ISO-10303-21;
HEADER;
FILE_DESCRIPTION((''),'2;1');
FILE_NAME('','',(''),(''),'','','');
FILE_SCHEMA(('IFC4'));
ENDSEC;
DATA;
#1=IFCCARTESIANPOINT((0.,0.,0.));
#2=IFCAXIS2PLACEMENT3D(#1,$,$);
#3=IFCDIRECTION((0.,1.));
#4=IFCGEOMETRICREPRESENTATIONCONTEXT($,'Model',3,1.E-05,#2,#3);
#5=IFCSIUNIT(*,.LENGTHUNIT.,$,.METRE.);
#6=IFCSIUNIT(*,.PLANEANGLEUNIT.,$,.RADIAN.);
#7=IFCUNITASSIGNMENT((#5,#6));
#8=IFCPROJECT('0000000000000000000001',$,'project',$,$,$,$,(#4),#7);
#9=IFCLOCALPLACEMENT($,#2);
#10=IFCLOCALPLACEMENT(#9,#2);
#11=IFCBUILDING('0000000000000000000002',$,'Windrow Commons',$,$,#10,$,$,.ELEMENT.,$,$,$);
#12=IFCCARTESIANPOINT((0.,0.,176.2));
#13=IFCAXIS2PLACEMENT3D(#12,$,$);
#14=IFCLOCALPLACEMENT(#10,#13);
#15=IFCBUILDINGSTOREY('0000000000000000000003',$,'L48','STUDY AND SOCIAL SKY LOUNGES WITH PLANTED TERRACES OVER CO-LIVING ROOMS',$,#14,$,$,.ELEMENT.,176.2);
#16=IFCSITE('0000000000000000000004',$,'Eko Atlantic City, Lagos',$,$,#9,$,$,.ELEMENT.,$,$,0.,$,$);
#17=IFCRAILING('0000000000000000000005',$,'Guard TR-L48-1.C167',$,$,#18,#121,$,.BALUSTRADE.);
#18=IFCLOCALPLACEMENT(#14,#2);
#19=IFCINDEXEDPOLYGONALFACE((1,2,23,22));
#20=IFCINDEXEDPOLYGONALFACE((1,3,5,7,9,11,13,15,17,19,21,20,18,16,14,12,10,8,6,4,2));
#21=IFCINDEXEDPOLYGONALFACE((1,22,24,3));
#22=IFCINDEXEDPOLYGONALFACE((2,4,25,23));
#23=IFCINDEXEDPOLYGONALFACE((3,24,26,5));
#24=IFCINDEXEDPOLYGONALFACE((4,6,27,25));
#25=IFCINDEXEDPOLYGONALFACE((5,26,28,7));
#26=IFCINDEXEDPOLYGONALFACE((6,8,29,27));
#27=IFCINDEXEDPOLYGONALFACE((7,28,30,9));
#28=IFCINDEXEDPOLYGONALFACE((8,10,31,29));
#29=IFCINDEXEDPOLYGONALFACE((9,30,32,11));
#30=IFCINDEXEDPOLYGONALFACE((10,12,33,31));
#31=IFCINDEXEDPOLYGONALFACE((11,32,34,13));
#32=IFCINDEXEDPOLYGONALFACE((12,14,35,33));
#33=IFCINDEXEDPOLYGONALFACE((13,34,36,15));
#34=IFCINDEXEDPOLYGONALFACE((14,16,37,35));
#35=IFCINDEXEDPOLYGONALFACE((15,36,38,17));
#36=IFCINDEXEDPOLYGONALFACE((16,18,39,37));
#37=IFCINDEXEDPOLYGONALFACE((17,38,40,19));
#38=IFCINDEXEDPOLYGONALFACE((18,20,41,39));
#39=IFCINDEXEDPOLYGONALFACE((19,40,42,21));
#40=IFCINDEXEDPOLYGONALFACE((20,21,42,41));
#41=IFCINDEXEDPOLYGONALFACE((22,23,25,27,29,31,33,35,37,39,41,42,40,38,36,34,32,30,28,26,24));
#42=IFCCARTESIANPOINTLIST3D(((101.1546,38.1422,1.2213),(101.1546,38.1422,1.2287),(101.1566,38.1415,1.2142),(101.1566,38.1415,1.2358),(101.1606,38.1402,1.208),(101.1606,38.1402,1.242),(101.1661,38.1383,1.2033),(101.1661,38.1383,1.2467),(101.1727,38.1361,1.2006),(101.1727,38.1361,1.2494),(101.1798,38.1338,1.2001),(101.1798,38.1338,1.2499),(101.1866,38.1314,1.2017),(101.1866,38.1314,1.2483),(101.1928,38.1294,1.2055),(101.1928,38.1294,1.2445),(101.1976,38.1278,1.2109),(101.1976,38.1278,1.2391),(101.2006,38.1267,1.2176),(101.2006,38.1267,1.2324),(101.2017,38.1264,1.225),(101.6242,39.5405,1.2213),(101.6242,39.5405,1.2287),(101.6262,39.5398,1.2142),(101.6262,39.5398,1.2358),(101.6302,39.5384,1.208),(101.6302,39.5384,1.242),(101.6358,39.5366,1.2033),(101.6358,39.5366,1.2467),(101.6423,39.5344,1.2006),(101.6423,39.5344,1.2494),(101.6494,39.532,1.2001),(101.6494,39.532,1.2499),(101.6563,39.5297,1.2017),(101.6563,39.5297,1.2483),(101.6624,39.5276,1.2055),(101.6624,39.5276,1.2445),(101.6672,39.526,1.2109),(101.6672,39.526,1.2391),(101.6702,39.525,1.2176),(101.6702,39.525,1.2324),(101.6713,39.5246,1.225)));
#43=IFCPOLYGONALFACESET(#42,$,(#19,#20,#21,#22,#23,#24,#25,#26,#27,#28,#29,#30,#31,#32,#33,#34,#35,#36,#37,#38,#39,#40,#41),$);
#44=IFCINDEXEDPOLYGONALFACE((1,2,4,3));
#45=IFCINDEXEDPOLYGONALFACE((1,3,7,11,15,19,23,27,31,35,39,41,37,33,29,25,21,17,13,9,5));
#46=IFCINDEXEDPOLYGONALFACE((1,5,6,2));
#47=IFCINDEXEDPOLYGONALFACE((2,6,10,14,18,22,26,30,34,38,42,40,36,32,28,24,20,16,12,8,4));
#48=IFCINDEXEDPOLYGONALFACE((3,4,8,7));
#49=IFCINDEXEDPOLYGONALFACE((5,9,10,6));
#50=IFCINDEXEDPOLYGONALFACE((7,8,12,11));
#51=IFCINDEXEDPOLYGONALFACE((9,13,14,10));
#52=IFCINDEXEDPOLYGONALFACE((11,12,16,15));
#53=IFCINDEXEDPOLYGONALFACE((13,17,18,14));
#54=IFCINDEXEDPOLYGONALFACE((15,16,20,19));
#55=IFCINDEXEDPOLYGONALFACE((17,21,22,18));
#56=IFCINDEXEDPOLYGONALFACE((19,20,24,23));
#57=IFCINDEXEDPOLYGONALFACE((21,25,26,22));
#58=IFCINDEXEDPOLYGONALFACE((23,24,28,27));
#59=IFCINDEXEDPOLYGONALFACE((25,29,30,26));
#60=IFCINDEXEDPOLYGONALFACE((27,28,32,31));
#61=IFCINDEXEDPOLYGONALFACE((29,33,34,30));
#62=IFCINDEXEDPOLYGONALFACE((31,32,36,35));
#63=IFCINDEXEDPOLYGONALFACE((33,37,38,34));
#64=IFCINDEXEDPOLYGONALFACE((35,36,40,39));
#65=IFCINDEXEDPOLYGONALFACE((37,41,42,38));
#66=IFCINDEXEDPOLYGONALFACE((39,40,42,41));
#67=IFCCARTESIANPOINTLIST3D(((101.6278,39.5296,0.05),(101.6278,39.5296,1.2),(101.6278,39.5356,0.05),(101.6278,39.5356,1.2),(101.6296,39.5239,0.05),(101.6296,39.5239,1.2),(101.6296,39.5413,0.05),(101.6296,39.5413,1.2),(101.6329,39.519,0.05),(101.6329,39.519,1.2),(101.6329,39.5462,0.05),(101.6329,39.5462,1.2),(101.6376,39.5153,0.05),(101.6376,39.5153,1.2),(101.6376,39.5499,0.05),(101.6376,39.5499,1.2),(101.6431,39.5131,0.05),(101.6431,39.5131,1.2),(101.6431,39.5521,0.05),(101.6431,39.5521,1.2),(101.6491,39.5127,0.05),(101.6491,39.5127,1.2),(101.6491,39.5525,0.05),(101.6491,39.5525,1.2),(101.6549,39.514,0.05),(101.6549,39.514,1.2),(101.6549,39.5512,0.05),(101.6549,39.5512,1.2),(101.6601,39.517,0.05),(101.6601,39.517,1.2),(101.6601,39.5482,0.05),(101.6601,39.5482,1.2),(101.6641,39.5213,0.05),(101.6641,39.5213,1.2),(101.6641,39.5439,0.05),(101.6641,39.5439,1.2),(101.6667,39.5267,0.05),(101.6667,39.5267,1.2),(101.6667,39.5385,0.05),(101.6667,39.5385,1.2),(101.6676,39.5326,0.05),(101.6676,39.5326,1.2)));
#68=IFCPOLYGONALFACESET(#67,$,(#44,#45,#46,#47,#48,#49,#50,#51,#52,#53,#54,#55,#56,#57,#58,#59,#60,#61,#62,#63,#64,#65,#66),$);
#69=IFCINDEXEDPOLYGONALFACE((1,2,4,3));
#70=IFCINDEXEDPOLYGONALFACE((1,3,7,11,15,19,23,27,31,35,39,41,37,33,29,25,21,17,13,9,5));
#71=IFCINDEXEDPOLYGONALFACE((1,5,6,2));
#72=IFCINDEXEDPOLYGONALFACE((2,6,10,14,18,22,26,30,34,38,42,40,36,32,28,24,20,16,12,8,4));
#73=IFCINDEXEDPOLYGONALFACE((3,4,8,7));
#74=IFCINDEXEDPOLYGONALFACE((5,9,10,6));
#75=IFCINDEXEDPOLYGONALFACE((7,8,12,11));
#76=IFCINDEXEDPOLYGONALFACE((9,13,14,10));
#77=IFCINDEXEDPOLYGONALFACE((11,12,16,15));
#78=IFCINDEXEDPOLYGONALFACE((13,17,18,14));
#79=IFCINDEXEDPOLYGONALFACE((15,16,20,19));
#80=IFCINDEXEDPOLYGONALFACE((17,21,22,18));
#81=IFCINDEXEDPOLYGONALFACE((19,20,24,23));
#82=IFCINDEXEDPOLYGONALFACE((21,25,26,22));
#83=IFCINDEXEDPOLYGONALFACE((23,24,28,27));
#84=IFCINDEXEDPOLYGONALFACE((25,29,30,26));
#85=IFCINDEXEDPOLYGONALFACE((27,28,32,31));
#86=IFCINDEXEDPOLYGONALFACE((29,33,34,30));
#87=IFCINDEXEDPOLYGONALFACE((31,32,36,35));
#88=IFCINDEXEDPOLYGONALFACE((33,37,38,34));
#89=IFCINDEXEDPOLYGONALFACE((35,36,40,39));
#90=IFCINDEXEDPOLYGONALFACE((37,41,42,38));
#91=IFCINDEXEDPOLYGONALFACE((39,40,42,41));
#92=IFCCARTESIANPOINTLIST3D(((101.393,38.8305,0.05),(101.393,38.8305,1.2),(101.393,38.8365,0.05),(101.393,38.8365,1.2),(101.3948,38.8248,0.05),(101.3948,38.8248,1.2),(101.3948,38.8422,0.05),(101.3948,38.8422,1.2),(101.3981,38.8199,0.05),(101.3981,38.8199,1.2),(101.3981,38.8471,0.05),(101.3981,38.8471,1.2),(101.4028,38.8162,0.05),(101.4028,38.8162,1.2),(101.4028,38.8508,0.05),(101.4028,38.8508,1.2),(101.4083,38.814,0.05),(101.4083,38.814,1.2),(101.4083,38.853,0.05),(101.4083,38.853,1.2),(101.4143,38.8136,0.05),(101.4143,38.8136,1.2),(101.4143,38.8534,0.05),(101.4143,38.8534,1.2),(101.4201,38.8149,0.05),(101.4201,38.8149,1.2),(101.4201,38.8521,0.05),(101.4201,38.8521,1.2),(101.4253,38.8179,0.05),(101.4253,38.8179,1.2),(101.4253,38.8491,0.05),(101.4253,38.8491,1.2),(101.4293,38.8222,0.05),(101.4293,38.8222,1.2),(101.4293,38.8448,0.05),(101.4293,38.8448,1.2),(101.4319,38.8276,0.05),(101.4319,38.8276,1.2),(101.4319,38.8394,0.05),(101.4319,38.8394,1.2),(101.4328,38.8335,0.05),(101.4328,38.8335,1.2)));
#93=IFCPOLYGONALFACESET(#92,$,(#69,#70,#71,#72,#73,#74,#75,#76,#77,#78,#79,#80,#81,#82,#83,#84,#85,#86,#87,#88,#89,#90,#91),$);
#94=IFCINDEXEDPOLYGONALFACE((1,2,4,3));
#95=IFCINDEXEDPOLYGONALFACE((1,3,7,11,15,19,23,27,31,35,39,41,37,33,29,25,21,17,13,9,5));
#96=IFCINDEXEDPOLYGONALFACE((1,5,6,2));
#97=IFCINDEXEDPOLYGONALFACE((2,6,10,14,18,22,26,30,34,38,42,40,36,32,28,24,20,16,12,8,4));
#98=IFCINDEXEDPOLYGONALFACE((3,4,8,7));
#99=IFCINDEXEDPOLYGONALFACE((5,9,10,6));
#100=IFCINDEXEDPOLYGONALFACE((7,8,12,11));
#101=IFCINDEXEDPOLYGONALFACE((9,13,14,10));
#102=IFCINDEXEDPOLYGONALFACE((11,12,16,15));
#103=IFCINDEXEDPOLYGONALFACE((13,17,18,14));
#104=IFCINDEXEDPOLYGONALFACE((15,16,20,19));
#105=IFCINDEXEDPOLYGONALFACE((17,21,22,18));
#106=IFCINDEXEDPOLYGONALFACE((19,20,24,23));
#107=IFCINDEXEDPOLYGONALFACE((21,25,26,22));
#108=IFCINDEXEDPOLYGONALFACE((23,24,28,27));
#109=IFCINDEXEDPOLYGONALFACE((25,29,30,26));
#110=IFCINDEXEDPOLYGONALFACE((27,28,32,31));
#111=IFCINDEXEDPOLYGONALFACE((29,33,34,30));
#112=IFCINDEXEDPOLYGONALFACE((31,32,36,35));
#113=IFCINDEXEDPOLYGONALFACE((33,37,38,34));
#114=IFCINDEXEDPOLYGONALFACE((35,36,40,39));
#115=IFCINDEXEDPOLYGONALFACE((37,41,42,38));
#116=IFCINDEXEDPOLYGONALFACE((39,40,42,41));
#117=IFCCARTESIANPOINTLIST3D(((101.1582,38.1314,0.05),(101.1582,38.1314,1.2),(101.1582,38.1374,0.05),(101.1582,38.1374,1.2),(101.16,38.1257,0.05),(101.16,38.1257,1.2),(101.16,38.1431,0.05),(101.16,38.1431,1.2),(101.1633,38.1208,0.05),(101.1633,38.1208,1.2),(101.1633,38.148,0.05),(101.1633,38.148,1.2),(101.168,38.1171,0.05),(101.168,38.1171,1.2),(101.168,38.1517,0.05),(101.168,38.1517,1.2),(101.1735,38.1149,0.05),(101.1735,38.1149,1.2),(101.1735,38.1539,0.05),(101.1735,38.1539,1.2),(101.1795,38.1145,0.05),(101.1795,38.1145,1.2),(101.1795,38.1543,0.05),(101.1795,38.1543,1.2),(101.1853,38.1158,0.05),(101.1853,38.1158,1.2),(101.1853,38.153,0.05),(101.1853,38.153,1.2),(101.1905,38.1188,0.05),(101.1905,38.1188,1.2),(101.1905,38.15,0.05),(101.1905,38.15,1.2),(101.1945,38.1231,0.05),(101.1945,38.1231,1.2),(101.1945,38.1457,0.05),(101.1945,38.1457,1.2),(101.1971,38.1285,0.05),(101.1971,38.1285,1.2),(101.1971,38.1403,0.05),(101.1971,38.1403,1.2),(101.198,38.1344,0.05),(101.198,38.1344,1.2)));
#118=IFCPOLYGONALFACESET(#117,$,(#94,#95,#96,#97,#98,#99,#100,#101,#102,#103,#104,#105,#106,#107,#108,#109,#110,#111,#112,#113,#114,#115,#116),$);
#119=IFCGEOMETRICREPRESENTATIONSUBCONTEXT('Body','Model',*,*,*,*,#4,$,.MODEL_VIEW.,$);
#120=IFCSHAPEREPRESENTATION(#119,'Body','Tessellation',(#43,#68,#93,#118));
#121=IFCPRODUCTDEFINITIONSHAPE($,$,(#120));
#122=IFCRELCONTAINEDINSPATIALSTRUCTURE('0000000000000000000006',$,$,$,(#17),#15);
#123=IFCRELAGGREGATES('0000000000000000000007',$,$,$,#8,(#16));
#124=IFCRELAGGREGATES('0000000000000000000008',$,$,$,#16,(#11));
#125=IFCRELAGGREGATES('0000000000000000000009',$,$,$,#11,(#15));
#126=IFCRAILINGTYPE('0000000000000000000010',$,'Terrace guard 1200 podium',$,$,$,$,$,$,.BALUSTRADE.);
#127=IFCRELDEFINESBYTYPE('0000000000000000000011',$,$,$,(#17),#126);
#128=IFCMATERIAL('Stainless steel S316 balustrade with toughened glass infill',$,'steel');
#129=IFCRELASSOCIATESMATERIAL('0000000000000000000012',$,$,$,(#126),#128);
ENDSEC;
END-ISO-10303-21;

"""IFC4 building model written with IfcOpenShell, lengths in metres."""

from ifc_helpers import new_model, si_unit, direction, frame, origin, origin_2d, place, context, subcontext, project, spatial, circle, extrude, material, type_object, element, save


model = new_model("IFC4")

# Units and contexts
model_context = context("Model", 3, precision=1e-05, world=origin(), true_north=direction((0.0, 1.0)))
body_context = subcontext(model_context, "Body", "Model", "MODEL_VIEW")
ifc_project = project(units=[si_unit("LENGTHUNIT", "METRE"), si_unit("PLANEANGLEUNIT", "RADIAN")], contexts=[model_context])

# Site, building, storey
site_placement = place(None, origin())
site = spatial("IfcSite", under=ifc_project, at=site_placement, Name="Eko Atlantic City, Lagos", CompositionType="ELEMENT", RefElevation=0.0)
building_placement = place(site_placement, origin())
building = spatial("IfcBuilding", under=site, at=building_placement, Name="Windrow Commons", CompositionType="ELEMENT")
storey_placement = place(building_placement, frame((0.0, 0.0, 176.2)))
storey = spatial("IfcBuildingStorey", under=building, at=storey_placement, Name="L48", Description="STUDY AND SOCIAL SKY LOUNGES WITH PLANTED TERRACES OVER CO-LIVING ROOMS", CompositionType="ELEMENT", Elevation=176.2)

# Railing
ifc_material_1 = material(Name="Stainless steel S316 balustrade with toughened glass infill", Category="steel")
railing_type = type_object("IfcRailingType", Name="Terrace guard 1200 podium", PredefinedType="BALUSTRADE", material=ifc_material_1)
railing_1_placement = place(storey_placement, frame((101.6476, 39.5326, 0.05)))
element("IfcRailing", 1, at=railing_1_placement, inside=storey, type_object=railing_type, Name="Guard TR-L48-1.C167", PredefinedType="BALUSTRADE", context=body_context, shape_type="SweptSolid", body=[
    extrude(circle(Radius=0.025, at=origin_2d()), frame((0.0, 0.0, 1.175), z_axis=(-0.318383, -0.947962, 0.0), x_axis=(0.947962, -0.318383, 0.0)), (0.0, 0.0, 1.0), 1.475),
    extrude(circle(Radius=0.02, at=origin_2d()), origin(), (0.0, 0.0, 1.0), 1.15),
    extrude(circle(Radius=0.02, at=origin_2d()), frame((-0.2348, -0.6991, 0.0)), (0.0, 0.0, 1.0), 1.15),
    extrude(circle(Radius=0.02, at=origin_2d()), frame((-0.4696, -1.3982, 0.0)), (0.0, 0.0, 1.0), 1.15),
])

save(model, "model.ifc")
